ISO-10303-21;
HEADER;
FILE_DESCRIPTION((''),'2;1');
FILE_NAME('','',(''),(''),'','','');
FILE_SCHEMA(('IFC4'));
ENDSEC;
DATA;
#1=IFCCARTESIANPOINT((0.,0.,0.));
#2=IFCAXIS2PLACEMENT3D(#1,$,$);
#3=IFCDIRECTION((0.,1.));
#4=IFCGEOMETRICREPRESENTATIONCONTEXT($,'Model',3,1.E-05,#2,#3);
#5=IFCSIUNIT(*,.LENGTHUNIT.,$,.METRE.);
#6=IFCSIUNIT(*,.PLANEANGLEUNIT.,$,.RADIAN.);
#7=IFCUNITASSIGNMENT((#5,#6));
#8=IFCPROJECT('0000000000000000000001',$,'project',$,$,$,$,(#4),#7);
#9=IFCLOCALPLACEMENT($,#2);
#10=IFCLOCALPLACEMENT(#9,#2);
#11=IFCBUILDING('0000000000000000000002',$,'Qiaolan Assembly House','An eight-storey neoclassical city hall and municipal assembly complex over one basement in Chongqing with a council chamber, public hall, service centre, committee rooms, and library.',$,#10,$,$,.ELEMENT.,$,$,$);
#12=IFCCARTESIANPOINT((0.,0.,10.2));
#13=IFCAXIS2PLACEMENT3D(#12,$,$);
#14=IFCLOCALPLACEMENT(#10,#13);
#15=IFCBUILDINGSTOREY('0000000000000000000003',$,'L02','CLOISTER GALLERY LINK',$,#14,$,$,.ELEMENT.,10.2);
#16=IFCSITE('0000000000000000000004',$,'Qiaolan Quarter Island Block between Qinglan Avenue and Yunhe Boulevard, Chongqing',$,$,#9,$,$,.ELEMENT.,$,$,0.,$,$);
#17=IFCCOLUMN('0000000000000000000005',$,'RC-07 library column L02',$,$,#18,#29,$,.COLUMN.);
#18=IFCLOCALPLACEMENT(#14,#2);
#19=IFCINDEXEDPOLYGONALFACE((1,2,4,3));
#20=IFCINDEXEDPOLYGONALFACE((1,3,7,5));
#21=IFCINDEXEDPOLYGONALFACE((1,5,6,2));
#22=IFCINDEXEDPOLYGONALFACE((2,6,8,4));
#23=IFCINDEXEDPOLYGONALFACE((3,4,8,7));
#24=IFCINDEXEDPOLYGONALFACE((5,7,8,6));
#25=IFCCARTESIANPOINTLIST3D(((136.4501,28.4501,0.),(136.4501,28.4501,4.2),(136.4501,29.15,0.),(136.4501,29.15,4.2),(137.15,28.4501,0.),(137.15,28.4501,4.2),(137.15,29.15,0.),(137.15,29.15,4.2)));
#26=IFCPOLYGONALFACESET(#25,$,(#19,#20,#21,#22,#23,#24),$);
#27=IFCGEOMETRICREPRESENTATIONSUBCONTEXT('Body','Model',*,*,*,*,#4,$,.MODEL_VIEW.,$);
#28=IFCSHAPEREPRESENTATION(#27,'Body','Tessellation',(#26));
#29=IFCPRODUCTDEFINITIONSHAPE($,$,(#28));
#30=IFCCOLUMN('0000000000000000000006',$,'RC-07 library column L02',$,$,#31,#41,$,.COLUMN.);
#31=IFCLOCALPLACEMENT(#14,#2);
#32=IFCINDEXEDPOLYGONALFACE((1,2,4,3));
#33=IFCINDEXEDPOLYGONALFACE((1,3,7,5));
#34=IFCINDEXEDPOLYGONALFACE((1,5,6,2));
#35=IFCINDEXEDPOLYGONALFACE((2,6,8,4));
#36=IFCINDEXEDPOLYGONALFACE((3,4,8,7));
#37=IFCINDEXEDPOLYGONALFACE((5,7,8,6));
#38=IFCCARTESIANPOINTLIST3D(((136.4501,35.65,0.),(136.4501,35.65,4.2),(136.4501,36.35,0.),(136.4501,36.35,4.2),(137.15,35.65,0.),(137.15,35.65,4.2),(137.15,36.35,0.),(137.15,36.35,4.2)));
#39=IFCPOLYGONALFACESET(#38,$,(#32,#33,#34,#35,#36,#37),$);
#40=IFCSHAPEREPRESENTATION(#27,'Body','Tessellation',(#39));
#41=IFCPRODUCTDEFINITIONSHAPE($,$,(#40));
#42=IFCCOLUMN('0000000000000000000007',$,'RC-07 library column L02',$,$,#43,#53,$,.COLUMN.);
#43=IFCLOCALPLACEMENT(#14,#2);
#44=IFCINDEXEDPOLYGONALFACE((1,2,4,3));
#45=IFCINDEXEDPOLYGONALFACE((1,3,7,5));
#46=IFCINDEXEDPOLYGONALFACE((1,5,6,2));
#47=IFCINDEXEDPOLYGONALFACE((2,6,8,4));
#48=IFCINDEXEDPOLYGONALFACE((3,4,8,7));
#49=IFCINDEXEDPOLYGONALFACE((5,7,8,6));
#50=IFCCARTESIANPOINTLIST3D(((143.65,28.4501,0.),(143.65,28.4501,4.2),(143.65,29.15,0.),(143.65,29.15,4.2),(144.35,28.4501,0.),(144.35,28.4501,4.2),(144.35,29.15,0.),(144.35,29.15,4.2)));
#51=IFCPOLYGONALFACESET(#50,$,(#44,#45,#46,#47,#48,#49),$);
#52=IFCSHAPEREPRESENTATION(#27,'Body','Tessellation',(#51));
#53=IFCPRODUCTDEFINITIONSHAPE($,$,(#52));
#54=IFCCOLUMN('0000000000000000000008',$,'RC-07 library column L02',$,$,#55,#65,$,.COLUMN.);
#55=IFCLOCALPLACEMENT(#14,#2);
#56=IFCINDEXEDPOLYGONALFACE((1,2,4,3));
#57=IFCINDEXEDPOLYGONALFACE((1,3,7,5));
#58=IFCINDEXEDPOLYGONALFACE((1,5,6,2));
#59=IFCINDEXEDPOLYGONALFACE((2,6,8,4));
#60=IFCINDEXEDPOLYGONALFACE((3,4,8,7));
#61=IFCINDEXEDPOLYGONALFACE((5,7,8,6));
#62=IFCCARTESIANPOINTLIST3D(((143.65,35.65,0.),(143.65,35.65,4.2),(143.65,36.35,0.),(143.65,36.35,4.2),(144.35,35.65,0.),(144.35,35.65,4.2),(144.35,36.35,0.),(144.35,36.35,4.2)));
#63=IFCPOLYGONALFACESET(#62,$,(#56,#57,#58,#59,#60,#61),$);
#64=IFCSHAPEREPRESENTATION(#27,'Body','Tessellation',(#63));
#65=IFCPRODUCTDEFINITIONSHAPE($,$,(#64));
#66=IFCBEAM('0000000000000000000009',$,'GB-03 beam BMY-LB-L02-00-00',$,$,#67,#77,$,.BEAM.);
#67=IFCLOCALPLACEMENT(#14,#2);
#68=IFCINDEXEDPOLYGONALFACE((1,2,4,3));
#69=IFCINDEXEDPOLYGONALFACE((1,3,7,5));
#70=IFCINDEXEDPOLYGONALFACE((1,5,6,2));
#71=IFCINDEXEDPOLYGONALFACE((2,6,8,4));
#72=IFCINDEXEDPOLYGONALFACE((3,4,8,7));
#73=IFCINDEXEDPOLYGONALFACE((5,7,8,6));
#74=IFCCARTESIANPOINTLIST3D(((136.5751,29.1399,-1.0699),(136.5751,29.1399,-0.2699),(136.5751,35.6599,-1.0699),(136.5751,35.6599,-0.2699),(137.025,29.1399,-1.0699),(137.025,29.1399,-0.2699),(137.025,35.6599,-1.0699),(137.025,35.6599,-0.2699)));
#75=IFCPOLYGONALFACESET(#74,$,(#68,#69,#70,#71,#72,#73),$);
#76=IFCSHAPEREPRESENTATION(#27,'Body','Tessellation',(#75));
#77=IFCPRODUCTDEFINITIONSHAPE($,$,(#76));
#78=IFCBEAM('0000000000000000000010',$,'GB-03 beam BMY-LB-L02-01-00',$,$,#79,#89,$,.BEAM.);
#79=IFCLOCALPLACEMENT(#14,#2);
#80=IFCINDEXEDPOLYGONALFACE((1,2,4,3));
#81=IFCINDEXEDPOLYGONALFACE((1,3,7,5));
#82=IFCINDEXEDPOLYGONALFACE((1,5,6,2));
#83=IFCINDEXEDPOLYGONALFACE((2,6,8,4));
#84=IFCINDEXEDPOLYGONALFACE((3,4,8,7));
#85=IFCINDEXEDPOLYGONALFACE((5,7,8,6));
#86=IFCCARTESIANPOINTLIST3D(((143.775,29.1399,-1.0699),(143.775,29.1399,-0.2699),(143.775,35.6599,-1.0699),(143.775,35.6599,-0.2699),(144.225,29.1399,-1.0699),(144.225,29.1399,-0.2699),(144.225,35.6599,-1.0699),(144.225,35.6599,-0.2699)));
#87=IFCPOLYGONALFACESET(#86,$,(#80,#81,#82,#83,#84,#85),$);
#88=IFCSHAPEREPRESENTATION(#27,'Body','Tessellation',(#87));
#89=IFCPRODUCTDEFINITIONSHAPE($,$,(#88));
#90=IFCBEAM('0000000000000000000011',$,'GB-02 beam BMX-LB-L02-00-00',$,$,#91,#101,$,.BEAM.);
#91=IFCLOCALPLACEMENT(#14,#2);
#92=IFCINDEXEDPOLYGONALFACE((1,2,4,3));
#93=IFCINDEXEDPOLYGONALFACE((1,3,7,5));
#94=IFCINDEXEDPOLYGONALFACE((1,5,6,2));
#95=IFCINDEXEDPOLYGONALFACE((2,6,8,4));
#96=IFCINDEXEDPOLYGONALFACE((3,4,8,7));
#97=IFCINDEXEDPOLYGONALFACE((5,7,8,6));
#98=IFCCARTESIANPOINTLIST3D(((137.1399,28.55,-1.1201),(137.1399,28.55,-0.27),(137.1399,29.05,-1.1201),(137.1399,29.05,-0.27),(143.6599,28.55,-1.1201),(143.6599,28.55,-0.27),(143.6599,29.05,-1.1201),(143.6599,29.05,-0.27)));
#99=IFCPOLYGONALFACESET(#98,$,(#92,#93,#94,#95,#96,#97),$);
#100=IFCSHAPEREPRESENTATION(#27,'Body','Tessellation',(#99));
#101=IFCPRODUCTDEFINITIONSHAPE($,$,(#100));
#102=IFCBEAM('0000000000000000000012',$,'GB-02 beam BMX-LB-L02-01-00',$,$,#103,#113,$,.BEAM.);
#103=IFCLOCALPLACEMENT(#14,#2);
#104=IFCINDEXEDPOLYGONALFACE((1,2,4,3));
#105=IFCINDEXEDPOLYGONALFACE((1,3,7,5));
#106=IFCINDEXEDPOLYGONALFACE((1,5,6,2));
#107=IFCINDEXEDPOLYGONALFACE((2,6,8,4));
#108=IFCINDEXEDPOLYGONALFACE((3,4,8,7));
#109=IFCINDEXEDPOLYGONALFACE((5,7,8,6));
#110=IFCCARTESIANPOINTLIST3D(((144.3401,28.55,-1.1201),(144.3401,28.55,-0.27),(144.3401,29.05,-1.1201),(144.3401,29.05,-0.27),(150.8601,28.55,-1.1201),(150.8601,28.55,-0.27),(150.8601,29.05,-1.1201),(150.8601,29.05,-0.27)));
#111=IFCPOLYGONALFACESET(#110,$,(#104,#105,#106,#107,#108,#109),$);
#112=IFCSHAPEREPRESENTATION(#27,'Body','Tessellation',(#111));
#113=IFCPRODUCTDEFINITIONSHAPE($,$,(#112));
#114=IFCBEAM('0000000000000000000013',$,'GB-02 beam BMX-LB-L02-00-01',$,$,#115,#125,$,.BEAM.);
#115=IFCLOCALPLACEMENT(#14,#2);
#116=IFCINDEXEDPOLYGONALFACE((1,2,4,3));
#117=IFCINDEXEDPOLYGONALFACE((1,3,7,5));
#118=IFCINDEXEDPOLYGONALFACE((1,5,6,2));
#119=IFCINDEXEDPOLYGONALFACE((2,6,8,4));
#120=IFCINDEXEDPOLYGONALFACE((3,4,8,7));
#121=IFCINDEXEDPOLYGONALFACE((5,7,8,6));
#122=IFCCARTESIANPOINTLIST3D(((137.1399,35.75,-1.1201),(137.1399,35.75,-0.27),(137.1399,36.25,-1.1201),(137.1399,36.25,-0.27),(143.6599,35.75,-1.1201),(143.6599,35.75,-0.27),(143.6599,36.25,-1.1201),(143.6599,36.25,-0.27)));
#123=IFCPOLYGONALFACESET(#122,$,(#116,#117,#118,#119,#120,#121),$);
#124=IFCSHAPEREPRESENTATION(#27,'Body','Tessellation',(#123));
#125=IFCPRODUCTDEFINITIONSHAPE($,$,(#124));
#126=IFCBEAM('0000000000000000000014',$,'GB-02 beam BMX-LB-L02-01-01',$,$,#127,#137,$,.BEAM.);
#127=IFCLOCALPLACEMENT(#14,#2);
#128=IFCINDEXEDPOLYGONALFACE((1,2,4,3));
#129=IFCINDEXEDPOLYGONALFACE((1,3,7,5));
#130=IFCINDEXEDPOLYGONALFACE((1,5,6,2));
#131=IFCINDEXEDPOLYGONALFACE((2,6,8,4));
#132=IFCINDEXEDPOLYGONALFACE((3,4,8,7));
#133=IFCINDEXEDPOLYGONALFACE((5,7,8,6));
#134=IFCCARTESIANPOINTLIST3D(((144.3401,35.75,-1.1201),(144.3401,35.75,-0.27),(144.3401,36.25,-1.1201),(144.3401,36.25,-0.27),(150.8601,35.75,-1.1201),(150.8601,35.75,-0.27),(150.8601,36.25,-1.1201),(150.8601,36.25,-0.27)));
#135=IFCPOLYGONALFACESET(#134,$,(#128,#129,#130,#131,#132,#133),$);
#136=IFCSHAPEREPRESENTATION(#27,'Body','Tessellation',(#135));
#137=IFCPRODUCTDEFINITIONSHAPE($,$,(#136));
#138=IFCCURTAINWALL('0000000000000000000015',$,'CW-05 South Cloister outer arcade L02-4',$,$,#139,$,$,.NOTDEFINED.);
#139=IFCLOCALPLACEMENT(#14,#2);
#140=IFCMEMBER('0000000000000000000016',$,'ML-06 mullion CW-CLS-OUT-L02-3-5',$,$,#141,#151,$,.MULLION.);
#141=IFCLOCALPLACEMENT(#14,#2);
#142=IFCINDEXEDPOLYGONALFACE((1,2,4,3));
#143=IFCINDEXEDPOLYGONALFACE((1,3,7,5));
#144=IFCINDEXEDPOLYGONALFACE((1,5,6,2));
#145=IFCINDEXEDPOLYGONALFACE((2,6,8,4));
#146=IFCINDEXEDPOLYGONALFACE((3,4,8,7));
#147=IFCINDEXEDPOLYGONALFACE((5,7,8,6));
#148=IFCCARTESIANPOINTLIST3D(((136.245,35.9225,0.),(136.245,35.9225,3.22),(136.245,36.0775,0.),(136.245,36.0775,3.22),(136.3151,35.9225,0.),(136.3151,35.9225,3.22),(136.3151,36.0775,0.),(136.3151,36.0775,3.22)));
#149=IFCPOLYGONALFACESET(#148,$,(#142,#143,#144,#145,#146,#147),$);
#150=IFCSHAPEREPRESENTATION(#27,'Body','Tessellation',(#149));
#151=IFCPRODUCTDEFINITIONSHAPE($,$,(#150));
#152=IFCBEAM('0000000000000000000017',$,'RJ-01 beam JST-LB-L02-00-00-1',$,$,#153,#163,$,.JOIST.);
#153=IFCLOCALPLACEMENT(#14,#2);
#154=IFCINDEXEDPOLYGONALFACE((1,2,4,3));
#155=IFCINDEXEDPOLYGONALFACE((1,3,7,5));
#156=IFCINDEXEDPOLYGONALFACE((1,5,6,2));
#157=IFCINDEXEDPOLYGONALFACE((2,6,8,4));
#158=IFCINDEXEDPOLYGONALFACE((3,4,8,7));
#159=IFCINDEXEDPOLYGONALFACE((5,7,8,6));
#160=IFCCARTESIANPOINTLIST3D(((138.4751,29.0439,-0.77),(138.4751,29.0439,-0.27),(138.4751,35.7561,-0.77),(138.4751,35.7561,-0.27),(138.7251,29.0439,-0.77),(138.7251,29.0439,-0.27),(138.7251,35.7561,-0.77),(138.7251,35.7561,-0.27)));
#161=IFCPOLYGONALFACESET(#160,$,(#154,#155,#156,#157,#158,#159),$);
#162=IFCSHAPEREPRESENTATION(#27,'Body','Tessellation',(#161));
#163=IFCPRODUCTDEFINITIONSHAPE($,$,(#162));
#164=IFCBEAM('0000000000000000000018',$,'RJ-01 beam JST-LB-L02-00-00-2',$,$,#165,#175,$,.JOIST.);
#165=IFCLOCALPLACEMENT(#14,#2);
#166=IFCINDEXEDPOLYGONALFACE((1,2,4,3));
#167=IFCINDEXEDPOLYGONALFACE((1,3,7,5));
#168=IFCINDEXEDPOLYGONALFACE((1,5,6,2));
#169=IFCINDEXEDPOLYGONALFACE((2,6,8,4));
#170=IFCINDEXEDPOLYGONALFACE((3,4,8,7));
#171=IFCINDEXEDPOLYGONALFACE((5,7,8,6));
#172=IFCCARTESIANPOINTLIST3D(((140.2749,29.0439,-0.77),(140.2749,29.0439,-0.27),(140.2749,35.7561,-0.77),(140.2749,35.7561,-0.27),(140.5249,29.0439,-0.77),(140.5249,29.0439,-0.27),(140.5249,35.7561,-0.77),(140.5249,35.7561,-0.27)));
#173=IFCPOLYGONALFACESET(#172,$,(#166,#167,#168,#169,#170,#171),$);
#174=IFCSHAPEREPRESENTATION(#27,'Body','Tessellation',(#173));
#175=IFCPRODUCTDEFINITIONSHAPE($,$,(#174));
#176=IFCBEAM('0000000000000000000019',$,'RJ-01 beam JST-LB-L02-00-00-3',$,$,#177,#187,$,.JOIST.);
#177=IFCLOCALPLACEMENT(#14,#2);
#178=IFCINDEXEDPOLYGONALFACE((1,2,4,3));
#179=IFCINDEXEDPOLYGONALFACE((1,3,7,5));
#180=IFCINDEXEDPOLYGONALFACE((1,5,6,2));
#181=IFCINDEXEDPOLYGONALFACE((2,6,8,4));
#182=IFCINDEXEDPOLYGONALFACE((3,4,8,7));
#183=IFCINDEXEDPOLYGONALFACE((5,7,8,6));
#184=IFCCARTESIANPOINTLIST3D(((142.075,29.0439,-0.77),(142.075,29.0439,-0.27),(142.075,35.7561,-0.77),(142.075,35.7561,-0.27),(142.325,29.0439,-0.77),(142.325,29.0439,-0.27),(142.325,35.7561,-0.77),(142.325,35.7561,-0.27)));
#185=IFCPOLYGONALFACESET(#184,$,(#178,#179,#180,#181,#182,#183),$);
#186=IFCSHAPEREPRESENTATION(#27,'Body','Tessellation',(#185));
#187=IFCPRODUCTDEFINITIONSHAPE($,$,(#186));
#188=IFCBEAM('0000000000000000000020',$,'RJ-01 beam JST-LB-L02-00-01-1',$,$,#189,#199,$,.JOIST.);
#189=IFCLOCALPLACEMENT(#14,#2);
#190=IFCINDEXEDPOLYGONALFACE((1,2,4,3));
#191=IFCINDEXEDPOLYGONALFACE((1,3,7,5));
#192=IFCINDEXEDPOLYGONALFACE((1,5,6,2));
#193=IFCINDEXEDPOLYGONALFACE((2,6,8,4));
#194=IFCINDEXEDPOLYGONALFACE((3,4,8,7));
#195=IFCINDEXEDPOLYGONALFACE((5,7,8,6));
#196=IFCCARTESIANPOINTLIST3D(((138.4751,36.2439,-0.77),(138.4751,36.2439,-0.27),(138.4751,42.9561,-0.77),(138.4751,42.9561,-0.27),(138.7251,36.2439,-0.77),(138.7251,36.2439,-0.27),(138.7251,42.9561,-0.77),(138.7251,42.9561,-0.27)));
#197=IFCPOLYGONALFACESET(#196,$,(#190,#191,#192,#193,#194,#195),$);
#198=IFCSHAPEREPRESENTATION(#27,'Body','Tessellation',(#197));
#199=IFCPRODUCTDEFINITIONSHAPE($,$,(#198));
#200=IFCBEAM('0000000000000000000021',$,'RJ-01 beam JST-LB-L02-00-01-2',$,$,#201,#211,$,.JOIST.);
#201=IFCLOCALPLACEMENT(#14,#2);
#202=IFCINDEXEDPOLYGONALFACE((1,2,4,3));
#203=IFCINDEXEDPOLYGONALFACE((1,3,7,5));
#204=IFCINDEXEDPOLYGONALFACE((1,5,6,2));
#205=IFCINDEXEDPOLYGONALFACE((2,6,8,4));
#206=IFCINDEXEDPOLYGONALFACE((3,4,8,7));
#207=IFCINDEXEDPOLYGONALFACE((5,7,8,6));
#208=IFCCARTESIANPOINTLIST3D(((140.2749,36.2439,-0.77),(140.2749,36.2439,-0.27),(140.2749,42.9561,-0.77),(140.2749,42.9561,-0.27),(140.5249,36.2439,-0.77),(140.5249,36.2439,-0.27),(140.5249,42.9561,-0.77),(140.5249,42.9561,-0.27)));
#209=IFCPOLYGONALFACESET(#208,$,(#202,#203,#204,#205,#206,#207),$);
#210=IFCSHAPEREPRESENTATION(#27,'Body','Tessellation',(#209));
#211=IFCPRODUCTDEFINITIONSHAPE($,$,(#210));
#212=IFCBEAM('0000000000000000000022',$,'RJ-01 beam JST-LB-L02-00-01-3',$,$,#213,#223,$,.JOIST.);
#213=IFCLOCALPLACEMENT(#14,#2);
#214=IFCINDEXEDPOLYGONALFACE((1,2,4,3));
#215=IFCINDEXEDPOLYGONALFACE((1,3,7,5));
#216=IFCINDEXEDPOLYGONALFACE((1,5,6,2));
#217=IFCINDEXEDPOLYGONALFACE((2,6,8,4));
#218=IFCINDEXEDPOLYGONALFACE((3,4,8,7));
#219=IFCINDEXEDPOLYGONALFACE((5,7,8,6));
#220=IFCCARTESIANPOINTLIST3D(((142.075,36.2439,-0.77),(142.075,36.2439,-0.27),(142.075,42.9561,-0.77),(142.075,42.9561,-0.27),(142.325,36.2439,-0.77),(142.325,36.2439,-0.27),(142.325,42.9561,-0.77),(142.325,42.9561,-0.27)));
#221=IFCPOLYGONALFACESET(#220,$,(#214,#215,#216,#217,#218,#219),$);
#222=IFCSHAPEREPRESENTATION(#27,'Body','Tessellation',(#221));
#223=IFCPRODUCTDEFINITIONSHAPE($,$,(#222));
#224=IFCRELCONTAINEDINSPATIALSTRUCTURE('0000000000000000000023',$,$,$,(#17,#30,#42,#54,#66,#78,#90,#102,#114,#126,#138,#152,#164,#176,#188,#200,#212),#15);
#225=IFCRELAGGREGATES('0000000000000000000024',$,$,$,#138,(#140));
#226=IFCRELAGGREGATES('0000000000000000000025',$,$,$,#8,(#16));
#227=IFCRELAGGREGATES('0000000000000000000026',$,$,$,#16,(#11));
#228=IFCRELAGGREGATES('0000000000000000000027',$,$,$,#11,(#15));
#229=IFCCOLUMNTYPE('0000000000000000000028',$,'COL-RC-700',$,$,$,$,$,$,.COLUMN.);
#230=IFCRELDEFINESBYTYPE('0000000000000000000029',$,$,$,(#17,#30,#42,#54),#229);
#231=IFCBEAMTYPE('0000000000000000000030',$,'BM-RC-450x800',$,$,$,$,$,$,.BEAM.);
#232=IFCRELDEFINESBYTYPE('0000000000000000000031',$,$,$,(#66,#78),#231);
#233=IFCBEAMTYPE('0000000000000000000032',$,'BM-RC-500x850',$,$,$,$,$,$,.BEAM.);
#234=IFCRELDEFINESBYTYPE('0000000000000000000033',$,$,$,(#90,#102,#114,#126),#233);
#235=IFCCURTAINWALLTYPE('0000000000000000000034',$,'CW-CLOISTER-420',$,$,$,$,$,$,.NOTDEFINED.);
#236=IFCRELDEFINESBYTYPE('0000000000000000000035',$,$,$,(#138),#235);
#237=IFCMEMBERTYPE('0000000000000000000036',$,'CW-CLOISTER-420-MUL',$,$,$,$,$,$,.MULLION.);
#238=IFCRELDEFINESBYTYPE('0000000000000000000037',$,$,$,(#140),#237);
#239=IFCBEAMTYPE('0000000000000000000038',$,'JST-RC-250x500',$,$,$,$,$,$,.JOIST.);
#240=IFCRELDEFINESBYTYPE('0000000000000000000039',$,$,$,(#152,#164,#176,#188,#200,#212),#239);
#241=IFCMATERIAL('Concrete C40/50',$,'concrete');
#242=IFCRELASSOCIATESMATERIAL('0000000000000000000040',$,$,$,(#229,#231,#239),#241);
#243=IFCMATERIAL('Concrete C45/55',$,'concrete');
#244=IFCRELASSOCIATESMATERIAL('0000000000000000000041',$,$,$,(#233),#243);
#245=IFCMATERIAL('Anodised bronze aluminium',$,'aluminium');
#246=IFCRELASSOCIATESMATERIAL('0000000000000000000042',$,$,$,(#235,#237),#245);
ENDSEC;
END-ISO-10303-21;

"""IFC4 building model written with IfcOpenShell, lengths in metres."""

from ifc_helpers import new_model, si_unit, direction, frame, origin, origin_2d, place, context, subcontext, project, spatial, rectangle, extrude, material, material_profile, profile_set, type_object, element, aggregate, save


model = new_model("IFC4")

# Units and contexts
model_context = context("Model", 3, precision=1e-05, world=origin(), true_north=direction((0.0, 1.0)))
body_context = subcontext(model_context, "Body", "Model", "MODEL_VIEW")
ifc_project = project(units=[si_unit("LENGTHUNIT", "METRE"), si_unit("PLANEANGLEUNIT", "RADIAN")], contexts=[model_context])

# Site, building, storey
site_placement = place(None, origin())
site = spatial("IfcSite", under=ifc_project, at=site_placement, Name="Qiaolan Quarter Island Block between Qinglan Avenue and Yunhe Boulevard, Chongqing", CompositionType="ELEMENT", RefElevation=0.0)
building_placement = place(site_placement, origin())
building = spatial("IfcBuilding", under=site, at=building_placement, Name="Qiaolan Assembly House", Description="An eight-storey neoclassical city hall and municipal assembly complex over one basement in Chongqing with a council chamber, public hall, service centre, committee rooms, and library.", CompositionType="ELEMENT")
storey_placement = place(building_placement, frame((0.0, 0.0, 10.2)))
storey = spatial("IfcBuildingStorey", under=building, at=storey_placement, Name="L02", Description="CLOISTER GALLERY LINK", CompositionType="ELEMENT", Elevation=10.2)

# Columns
ifc_material_1 = material(Name="Concrete C40/50", Category="concrete")
ifc_material_profile_1 = material_profile(ifc_material_1, rectangle(XDim=0.7, YDim=0.7, at=origin_2d()), Name="RC 700x700")
ifc_profile_set_1 = profile_set([ifc_material_profile_1], Name="Concrete C40/50")
column_type = type_object("IfcColumnType", Name="COL-RC-700", PredefinedType="COLUMN", material=ifc_profile_set_1)
for number, where, z_axis, x_axis, name in (
    (1, (136.8, 28.8, 0.0), (0.0, 0.0, 1.0), (1.0, 0.0, 0.0), "RC-07 library column L02"),
    (2, (136.8, 36.0, 0.0), (0.0, 0.0, 1.0), (1.0, 0.0, 0.0), "RC-07 library column L02"),
    (3, (144.0, 28.8, 0.0), (0.0, 0.0, 1.0), (1.0, 0.0, 0.0), "RC-07 library column L02"),
    (4, (144.0, 36.0, 0.0), (0.0, 0.0, 1.0), (1.0, 0.0, 0.0), "RC-07 library column L02"),
):
    element("IfcColumn", number, at=place(storey_placement, frame(where, z_axis=z_axis, x_axis=x_axis)), inside=storey, type_object=column_type, Name=name, PredefinedType="COLUMN", context=body_context, shape_type="SweptSolid", body=[
        extrude(rectangle(XDim=0.7, YDim=0.7, at=origin_2d()), origin(), (0.0, 0.0, 1.0), 4.2),
    ])

# Beams
ifc_material_profile_2 = material_profile(ifc_material_1, rectangle(XDim=0.45, YDim=0.8, at=origin_2d()), Name="RCB 450x800")
ifc_profile_set_2 = profile_set([ifc_material_profile_2], Name="Concrete C40/50")
beam_type_1 = type_object("IfcBeamType", Name="BM-RC-450x800", PredefinedType="BEAM", material=ifc_profile_set_2)
for number, where, z_axis, x_axis, name in (
    (5, (136.8, 29.1399, -0.6699), (0.0, 1.0, 0.0), (-1.0, 0.0, 0.0), "GB-03 beam BMY-LB-L02-00-00"),
    (6, (144.0, 29.1399, -0.6699), (0.0, 1.0, 0.0), (-1.0, 0.0, 0.0), "GB-03 beam BMY-LB-L02-01-00"),
):
    element("IfcBeam", number, at=place(storey_placement, frame(where, z_axis=z_axis, x_axis=x_axis)), inside=storey, type_object=beam_type_1, Name=name, PredefinedType="BEAM", context=body_context, shape_type="SweptSolid", body=[
        extrude(rectangle(XDim=0.45, YDim=0.8, at=origin_2d()), origin(), (0.0, 0.0, 1.0), 6.52),
    ])
ifc_material_2 = material(Name="Concrete C45/55", Category="concrete")
ifc_material_profile_3 = material_profile(ifc_material_2, rectangle(XDim=0.5, YDim=0.8501, at=origin_2d()), Name="RCB 500x850")
ifc_profile_set_3 = profile_set([ifc_material_profile_3], Name="Concrete C45/55")
beam_type_2 = type_object("IfcBeamType", Name="BM-RC-500x850", PredefinedType="BEAM", material=ifc_profile_set_3)
for number, where, z_axis, x_axis, name in (
    (7, (137.1399, 28.8, -0.6951), (1.0, 0.0, 0.0), (0.0, 1.0, 0.0), "GB-02 beam BMX-LB-L02-00-00"),
    (8, (144.3401, 28.8, -0.6951), (1.0, 0.0, 0.0), (0.0, 1.0, 0.0), "GB-02 beam BMX-LB-L02-01-00"),
    (9, (137.1399, 36.0, -0.6951), (1.0, 0.0, 0.0), (0.0, 1.0, 0.0), "GB-02 beam BMX-LB-L02-00-01"),
    (10, (144.3401, 36.0, -0.6951), (1.0, 0.0, 0.0), (0.0, 1.0, 0.0), "GB-02 beam BMX-LB-L02-01-01"),
):
    element("IfcBeam", number, at=place(storey_placement, frame(where, z_axis=z_axis, x_axis=x_axis)), inside=storey, type_object=beam_type_2, Name=name, PredefinedType="BEAM", context=body_context, shape_type="SweptSolid", body=[
        extrude(rectangle(XDim=0.5, YDim=0.8501, at=origin_2d()), origin(), (0.0, 0.0, 1.0), 6.52),
    ])

# Curtain wall, member
ifc_material_3 = material(Name="Anodised bronze aluminium", Category="aluminium")
curtain_wall_type = type_object("IfcCurtainWallType", Name="CW-CLOISTER-420", PredefinedType="NOTDEFINED", material=ifc_material_3)
curtain_wall_placement = place(storey_placement, origin())
curtain_wall = element("IfcCurtainWall", 11, at=curtain_wall_placement, inside=storey, type_object=curtain_wall_type, Name="CW-05 South Cloister outer arcade L02-4", PredefinedType="NOTDEFINED")
ifc_material_profile_4 = material_profile(ifc_material_3, rectangle(XDim=0.0701, YDim=0.155, at=origin_2d()), Name="MUL 70x155")
ifc_profile_set_4 = profile_set([ifc_material_profile_4], Name="Anodised bronze aluminium")
member_type = type_object("IfcMemberType", Name="CW-CLOISTER-420-MUL", PredefinedType="MULLION", material=ifc_profile_set_4)
member_placement = place(storey_placement, frame((136.28, 36.0, 0.0), z_axis=(0.0, 0.0, 1.0), x_axis=(1.0, 0.0, 0.0)))
member = element("IfcMember", 12, at=member_placement, type_object=member_type, Name="ML-06 mullion CW-CLS-OUT-L02-3-5", PredefinedType="MULLION", context=body_context, shape_type="SweptSolid", body=[
    extrude(rectangle(XDim=0.0701, YDim=0.155, at=origin_2d()), origin(), (0.0, 0.0, 1.0), 3.22),
])
aggregate(curtain_wall, [member])

# Beams
ifc_material_profile_5 = material_profile(ifc_material_1, rectangle(XDim=0.25, YDim=0.5, at=origin_2d()), Name="RCB 250x500")
ifc_profile_set_5 = profile_set([ifc_material_profile_5], Name="Concrete C40/50")
beam_type_3 = type_object("IfcBeamType", Name="JST-RC-250x500", PredefinedType="JOIST", material=ifc_profile_set_5)
for number, where, z_axis, x_axis, name in (
    (13, (138.6001, 29.0439, -0.52), (0.0, 1.0, 0.0), (-1.0, 0.0, 0.0), "RJ-01 beam JST-LB-L02-00-00-1"),
    (14, (140.3999, 29.0439, -0.52), (0.0, 1.0, 0.0), (-1.0, 0.0, 0.0), "RJ-01 beam JST-LB-L02-00-00-2"),
    (15, (142.2, 29.0439, -0.52), (0.0, 1.0, 0.0), (-1.0, 0.0, 0.0), "RJ-01 beam JST-LB-L02-00-00-3"),
    (16, (138.6001, 36.2439, -0.52), (0.0, 1.0, 0.0), (-1.0, 0.0, 0.0), "RJ-01 beam JST-LB-L02-00-01-1"),
    (17, (140.3999, 36.2439, -0.52), (0.0, 1.0, 0.0), (-1.0, 0.0, 0.0), "RJ-01 beam JST-LB-L02-00-01-2"),
    (18, (142.2, 36.2439, -0.52), (0.0, 1.0, 0.0), (-1.0, 0.0, 0.0), "RJ-01 beam JST-LB-L02-00-01-3"),
):
    element("IfcBeam", number, at=place(storey_placement, frame(where, z_axis=z_axis, x_axis=x_axis)), inside=storey, type_object=beam_type_3, Name=name, PredefinedType="JOIST", context=body_context, shape_type="SweptSolid", body=[
        extrude(rectangle(XDim=0.25, YDim=0.5, at=origin_2d()), origin(), (0.0, 0.0, 1.0), 6.7122),
    ])

save(model, "model.ifc")
